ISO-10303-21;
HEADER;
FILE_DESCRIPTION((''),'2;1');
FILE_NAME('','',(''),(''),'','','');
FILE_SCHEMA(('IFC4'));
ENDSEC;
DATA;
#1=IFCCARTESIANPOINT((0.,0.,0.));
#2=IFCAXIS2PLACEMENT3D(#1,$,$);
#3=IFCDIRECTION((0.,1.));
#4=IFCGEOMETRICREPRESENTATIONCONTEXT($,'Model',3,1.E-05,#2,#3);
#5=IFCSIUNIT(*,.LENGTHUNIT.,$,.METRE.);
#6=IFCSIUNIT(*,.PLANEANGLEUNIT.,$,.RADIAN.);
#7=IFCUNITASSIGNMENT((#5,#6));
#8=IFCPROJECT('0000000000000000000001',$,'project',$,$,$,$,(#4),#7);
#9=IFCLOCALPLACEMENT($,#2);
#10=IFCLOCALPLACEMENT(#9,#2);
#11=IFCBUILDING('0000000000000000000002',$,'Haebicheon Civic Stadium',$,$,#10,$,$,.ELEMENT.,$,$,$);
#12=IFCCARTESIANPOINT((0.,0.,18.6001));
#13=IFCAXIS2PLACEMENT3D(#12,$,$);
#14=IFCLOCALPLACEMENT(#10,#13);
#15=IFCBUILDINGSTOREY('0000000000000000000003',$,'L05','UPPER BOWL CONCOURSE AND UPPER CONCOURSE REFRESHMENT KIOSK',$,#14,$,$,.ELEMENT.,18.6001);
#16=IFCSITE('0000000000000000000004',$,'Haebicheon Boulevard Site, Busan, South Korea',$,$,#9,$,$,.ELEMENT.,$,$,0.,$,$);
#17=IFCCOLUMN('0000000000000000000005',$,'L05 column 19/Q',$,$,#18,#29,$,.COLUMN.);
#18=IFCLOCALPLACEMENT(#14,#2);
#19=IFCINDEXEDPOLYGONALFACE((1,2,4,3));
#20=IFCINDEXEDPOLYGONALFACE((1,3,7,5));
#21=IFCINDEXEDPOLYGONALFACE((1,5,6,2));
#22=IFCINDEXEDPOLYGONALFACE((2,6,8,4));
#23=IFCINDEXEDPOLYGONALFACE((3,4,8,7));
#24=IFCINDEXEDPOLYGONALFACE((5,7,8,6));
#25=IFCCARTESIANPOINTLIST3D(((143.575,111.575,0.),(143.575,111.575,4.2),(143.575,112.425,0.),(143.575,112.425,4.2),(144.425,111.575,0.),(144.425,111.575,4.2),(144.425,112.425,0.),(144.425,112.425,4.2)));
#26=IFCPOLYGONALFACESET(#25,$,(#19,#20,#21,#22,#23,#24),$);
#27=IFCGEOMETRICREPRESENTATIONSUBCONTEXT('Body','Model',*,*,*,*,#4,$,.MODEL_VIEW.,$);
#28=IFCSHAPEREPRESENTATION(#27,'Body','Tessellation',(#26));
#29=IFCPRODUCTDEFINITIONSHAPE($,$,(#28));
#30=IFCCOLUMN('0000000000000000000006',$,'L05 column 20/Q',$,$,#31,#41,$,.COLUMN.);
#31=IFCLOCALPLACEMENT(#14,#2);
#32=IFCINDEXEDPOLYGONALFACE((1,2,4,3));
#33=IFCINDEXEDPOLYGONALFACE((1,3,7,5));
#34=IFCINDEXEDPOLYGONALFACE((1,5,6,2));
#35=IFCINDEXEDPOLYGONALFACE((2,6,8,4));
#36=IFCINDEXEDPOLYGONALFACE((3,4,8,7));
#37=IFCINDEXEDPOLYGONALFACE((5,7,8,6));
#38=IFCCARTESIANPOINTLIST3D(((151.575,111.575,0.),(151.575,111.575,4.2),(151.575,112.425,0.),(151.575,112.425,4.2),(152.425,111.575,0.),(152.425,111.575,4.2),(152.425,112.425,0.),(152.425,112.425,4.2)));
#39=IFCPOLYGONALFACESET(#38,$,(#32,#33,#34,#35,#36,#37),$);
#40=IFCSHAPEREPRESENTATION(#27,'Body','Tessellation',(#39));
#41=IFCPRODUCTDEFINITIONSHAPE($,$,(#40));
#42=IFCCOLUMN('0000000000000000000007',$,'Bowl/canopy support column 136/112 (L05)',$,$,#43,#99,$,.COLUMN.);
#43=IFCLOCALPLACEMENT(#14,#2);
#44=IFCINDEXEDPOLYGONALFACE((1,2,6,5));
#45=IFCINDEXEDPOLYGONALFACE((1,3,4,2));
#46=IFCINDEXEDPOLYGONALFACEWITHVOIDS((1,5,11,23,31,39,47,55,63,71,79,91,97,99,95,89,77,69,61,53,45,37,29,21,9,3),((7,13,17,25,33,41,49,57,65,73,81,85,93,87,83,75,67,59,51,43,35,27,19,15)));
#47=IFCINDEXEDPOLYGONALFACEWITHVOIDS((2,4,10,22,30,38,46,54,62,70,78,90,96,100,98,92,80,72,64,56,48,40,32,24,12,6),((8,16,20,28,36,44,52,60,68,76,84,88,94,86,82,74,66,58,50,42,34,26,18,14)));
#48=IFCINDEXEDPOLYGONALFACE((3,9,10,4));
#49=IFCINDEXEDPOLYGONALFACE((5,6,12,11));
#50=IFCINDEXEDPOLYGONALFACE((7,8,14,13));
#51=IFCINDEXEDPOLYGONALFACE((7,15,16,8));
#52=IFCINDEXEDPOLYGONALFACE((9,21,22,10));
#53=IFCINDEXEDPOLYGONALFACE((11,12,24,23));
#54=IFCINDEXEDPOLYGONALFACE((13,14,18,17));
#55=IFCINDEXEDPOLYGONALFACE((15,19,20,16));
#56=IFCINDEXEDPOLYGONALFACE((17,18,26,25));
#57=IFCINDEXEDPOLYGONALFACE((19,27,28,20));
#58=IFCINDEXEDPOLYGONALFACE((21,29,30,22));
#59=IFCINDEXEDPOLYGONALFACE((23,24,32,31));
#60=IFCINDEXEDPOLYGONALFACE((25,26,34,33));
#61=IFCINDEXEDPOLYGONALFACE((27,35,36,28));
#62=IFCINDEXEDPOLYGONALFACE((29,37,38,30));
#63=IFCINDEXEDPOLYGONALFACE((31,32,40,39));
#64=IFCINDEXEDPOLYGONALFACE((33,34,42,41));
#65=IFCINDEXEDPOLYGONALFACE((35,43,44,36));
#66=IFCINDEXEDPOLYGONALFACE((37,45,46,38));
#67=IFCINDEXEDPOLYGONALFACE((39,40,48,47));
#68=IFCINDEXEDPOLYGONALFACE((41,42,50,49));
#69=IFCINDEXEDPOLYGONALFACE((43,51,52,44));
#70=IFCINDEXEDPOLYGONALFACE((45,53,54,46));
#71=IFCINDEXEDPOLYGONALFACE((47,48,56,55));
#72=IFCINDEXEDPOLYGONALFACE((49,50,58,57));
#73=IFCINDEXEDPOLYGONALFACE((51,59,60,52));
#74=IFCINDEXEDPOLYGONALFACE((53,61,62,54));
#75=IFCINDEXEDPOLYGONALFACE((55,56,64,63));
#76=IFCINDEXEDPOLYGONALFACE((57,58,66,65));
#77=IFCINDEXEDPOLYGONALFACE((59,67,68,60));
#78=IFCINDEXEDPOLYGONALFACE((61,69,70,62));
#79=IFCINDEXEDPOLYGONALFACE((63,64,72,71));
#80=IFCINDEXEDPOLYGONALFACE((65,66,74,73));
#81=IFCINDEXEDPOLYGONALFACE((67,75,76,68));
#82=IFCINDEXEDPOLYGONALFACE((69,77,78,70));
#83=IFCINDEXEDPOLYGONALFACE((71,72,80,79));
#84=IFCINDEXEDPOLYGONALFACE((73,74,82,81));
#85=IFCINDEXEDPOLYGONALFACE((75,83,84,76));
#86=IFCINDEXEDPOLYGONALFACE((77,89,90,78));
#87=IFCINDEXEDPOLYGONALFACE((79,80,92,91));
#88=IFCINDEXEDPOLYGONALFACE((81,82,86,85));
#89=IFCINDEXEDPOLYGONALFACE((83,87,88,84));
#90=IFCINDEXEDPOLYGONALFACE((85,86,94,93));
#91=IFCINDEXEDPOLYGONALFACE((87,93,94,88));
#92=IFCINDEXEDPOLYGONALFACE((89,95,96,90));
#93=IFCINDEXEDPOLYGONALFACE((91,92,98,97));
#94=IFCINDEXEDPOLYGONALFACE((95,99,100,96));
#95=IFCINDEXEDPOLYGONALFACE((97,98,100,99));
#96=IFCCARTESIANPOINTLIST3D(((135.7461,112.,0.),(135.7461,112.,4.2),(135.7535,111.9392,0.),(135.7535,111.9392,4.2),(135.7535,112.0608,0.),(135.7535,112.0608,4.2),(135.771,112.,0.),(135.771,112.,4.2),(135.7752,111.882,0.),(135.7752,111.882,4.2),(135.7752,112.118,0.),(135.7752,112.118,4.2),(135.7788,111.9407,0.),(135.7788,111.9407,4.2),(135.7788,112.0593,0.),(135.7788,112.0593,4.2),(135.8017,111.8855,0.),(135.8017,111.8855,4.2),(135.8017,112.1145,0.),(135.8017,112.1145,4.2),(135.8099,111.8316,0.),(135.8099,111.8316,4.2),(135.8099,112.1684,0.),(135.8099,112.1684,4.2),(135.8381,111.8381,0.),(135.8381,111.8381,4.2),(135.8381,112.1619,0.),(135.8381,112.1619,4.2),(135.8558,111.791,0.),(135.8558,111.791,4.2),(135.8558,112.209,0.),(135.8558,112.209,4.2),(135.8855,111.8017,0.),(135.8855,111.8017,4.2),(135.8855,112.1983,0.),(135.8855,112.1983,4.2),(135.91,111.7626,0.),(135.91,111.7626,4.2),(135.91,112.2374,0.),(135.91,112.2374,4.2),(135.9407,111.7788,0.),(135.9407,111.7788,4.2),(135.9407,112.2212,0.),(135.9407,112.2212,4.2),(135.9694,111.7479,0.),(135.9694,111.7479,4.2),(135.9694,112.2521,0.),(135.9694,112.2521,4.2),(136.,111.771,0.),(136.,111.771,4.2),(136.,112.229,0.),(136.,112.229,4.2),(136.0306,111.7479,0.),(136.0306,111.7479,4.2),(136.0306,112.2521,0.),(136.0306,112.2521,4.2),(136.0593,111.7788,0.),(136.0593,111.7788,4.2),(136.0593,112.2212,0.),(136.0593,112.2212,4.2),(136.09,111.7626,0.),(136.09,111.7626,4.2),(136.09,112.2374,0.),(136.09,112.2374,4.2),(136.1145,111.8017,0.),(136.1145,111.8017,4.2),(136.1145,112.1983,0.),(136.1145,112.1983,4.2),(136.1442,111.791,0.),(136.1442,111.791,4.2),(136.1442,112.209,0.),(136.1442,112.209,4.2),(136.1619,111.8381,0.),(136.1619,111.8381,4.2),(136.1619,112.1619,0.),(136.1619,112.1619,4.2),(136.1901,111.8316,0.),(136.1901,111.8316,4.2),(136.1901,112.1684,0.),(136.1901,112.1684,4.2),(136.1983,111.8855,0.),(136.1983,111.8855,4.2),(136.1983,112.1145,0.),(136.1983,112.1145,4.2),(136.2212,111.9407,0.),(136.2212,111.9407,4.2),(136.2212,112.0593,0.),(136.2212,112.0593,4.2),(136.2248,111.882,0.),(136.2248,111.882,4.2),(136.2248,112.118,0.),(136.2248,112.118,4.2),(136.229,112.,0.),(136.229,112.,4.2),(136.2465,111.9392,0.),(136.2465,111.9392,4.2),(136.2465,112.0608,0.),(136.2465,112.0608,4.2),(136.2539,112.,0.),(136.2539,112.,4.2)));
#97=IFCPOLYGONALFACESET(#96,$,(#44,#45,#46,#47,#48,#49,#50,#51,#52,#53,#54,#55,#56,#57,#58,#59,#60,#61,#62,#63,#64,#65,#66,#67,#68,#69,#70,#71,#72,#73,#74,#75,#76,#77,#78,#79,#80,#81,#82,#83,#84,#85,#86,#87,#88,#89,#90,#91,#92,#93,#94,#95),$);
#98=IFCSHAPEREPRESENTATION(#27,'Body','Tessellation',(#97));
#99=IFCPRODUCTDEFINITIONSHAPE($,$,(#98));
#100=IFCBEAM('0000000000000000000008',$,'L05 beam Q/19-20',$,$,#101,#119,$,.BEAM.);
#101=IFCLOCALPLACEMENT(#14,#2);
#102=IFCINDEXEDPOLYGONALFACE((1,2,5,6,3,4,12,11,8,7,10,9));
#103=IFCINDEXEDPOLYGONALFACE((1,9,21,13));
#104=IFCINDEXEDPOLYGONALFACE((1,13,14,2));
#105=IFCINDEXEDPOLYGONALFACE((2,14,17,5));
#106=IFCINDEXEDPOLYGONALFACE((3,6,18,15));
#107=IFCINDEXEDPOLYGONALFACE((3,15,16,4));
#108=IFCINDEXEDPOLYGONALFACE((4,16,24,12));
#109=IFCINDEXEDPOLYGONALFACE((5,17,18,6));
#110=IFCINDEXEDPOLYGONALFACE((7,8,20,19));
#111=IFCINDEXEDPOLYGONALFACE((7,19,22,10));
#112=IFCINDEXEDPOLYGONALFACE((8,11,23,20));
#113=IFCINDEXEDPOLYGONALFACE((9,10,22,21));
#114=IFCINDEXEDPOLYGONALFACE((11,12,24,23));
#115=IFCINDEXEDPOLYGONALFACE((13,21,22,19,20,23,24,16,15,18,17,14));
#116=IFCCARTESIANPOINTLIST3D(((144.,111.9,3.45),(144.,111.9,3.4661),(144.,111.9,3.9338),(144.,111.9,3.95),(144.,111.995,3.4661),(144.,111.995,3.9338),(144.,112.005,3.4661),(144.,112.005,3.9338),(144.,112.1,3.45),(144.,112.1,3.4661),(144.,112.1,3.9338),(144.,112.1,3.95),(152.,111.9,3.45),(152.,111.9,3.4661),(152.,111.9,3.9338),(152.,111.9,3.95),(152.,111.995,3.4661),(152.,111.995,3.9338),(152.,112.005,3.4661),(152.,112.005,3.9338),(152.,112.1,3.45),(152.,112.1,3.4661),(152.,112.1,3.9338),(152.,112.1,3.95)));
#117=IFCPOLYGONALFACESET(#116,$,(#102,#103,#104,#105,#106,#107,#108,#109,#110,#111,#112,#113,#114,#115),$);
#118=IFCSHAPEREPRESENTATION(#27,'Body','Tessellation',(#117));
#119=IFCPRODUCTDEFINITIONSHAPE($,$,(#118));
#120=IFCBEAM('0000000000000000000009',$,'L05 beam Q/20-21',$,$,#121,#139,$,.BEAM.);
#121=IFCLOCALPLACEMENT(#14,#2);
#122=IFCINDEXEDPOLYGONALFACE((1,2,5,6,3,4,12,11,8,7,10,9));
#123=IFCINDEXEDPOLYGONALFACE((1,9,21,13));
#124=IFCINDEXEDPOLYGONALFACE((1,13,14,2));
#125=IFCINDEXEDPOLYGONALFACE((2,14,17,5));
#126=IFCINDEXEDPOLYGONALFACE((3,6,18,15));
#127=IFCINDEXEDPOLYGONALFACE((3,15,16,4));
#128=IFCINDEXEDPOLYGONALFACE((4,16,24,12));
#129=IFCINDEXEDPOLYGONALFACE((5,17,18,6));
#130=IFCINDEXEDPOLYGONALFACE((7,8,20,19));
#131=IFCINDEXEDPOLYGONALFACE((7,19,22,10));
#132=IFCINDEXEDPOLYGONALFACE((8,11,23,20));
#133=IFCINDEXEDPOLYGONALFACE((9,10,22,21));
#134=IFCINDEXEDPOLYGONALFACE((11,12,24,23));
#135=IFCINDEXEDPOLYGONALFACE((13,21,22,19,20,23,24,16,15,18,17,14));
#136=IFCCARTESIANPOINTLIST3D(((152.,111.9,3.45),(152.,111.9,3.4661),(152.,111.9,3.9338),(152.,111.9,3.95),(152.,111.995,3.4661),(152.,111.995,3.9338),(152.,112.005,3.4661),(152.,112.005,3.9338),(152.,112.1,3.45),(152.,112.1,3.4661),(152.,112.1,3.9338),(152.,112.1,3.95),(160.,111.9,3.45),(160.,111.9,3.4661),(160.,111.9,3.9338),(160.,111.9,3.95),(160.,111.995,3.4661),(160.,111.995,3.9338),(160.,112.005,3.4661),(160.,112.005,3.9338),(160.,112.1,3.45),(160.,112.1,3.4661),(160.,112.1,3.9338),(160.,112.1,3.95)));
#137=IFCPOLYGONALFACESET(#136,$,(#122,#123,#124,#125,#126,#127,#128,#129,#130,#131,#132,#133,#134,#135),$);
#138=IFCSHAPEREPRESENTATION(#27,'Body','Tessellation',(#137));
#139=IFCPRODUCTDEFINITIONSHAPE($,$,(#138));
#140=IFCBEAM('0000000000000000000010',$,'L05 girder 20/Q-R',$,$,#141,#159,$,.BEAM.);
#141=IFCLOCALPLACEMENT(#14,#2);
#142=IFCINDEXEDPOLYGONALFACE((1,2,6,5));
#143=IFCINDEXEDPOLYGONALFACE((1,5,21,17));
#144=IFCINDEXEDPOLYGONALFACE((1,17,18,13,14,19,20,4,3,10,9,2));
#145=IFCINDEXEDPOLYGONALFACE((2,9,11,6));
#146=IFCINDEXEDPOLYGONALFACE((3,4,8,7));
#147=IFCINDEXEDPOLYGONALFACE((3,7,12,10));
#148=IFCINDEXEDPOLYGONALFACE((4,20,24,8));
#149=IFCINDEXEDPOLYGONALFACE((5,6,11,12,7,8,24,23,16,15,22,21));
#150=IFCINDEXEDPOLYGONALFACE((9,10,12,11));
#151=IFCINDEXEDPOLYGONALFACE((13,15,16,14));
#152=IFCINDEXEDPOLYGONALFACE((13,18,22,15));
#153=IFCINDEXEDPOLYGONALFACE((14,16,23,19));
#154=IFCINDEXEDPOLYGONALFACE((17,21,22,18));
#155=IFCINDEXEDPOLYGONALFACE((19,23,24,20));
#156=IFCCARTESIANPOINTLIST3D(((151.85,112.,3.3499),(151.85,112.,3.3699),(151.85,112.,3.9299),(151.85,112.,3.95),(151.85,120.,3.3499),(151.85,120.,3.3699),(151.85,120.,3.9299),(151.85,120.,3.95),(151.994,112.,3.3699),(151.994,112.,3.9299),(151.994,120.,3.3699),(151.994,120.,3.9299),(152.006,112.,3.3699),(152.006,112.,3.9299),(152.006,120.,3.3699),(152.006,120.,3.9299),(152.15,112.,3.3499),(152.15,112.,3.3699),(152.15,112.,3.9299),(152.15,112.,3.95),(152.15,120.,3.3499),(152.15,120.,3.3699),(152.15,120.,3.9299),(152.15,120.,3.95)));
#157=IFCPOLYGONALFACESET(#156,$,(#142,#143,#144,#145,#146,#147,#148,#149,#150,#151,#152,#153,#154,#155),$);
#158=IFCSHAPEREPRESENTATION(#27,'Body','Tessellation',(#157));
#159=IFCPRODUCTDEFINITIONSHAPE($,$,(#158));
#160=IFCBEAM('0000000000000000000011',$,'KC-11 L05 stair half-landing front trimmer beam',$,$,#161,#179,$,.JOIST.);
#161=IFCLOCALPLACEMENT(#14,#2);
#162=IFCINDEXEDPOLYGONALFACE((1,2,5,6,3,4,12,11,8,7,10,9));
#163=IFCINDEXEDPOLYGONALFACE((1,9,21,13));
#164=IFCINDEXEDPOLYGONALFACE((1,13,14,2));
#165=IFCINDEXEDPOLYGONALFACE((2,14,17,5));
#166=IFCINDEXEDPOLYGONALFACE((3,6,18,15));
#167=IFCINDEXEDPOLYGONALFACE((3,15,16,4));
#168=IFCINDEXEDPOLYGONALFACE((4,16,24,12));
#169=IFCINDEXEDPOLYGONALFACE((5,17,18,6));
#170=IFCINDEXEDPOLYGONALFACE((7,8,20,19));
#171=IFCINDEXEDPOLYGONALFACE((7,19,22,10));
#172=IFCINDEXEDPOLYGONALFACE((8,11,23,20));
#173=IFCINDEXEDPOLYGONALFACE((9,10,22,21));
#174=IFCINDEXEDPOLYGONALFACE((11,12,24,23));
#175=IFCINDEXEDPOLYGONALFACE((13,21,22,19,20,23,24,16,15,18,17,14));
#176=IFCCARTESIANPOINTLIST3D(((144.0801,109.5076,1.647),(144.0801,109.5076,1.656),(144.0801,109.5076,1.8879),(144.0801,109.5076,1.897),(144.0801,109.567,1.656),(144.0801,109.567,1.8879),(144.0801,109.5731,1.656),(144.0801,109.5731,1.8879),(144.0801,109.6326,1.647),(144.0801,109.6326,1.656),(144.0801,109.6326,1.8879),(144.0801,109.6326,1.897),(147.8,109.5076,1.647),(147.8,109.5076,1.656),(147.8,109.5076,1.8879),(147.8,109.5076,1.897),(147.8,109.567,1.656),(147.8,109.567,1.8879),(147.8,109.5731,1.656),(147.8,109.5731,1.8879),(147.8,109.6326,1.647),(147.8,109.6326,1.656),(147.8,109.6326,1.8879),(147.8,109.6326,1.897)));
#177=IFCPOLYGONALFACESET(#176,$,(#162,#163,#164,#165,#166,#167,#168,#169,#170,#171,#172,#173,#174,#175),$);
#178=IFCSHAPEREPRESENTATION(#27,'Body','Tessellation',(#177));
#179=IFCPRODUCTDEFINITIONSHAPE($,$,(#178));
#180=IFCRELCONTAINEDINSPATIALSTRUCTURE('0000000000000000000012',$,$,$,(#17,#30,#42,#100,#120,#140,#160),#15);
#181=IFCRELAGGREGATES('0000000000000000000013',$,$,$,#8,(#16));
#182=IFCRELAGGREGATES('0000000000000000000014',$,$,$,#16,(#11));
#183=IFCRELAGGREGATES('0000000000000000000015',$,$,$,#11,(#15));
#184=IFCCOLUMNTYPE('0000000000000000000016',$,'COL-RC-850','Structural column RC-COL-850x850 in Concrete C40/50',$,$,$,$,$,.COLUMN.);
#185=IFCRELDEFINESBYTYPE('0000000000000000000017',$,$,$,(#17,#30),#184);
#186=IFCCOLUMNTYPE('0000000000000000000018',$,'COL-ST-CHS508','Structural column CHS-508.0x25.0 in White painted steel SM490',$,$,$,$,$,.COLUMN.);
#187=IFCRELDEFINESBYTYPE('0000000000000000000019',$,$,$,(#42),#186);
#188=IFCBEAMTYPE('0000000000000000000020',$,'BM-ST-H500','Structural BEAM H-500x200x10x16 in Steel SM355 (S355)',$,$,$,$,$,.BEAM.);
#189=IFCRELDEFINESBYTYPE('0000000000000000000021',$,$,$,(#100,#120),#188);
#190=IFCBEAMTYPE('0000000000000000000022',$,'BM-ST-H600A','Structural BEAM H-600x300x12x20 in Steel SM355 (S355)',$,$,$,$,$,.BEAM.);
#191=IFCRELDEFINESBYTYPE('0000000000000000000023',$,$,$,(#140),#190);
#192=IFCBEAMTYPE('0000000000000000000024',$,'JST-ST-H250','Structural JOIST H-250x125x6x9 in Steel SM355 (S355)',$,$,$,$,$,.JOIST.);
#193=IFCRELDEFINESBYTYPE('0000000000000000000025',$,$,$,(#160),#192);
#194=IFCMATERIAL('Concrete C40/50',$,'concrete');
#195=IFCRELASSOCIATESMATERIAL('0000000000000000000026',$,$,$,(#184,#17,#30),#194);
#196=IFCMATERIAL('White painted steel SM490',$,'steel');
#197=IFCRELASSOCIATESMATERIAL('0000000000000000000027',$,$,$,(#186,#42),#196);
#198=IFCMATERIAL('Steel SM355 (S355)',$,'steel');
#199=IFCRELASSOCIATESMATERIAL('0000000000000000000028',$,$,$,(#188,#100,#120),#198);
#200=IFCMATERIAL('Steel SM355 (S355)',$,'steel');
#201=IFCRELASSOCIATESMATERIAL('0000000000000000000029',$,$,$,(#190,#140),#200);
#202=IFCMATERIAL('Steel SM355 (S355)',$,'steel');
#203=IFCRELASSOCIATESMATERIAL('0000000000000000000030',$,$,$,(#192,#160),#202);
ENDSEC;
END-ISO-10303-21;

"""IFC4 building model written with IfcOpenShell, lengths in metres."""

from ifc_helpers import new_model, si_unit, direction, frame, origin, origin_2d, place, context, subcontext, project, spatial, rectangle, hollow_circle, i_section, extrude, material, material_profile, profile_set, type_object, element, save


model = new_model("IFC4")

# Units and contexts
model_context = context("Model", 3, precision=1e-05, world=origin(), true_north=direction((0.0, 1.0)))
body_context = subcontext(model_context, "Body", "Model", "MODEL_VIEW")
ifc_project = project(units=[si_unit("LENGTHUNIT", "METRE"), si_unit("PLANEANGLEUNIT", "RADIAN")], contexts=[model_context])

# Site, building, storey
site_placement = place(None, origin())
site = spatial("IfcSite", under=ifc_project, at=site_placement, Name="Haebicheon Boulevard Site, Busan, South Korea", CompositionType="ELEMENT", RefElevation=0.0)
building_placement = place(site_placement, origin())
building = spatial("IfcBuilding", under=site, at=building_placement, Name="Haebicheon Civic Stadium", CompositionType="ELEMENT")
storey_placement = place(building_placement, frame((0.0, 0.0, 18.6001)))
storey = spatial("IfcBuildingStorey", under=building, at=storey_placement, Name="L05", Description="UPPER BOWL CONCOURSE AND UPPER CONCOURSE REFRESHMENT KIOSK", CompositionType="ELEMENT", Elevation=18.6001)

# Columns
ifc_material_1 = material(Name="Concrete C40/50", Category="concrete")
ifc_material_profile_1 = material_profile(ifc_material_1, rectangle(XDim=0.8501, YDim=0.8501, at=origin_2d()), Name="RC-COL-850x850")
ifc_profile_set_1 = profile_set([ifc_material_profile_1], Name="Concrete C40/50")
column_type_1 = type_object("IfcColumnType", Name="COL-RC-850", Description="Structural column RC-COL-850x850 in Concrete C40/50", PredefinedType="COLUMN", material=ifc_profile_set_1)
for number, where, z_axis, x_axis, name in (
    (1, (144.0, 112.0, 0.0), (0.0, 0.0, 1.0), (1.0, 0.0, 0.0), "L05 column 19/Q"),
    (2, (152.0, 112.0, 0.0), (0.0, 0.0, 1.0), (1.0, 0.0, 0.0), "L05 column 20/Q"),
):
    element("IfcColumn", number, at=place(storey_placement, frame(where, z_axis=z_axis, x_axis=x_axis)), inside=storey, type_object=column_type_1, material=ifc_profile_set_1, Name=name, PredefinedType="COLUMN", context=body_context, shape_type="SweptSolid", body=[
        extrude(rectangle(XDim=0.8501, YDim=0.8501, at=origin_2d()), origin(), (0.0, 0.0, 1.0), 4.2),
    ])
ifc_material_2 = material(Name="White painted steel SM490", Category="steel")
ifc_material_profile_2 = material_profile(ifc_material_2, hollow_circle(Radius=0.2539, WallThickness=0.0249, at=origin_2d()), Name="CHS-508.0x25.0")
ifc_profile_set_2 = profile_set([ifc_material_profile_2], Name="White painted steel SM490")
column_type_2 = type_object("IfcColumnType", Name="COL-ST-CHS508", Description="Structural column CHS-508.0x25.0 in White painted steel SM490", PredefinedType="COLUMN", material=ifc_profile_set_2)
column_placement = place(storey_placement, frame((136.0, 112.0, 0.0), z_axis=(0.0, 0.0, 1.0), x_axis=(1.0, 0.0, 0.0)))
element("IfcColumn", 3, at=column_placement, inside=storey, type_object=column_type_2, material=ifc_profile_set_2, Name="Bowl/canopy support column 136/112 (L05)", PredefinedType="COLUMN", context=body_context, shape_type="SweptSolid", body=[
    extrude(hollow_circle(Radius=0.2539, WallThickness=0.0249, at=origin_2d()), origin(), (0.0, 0.0, 1.0), 4.2),
])

# Beams
ifc_material_3 = material(Name="Steel SM355 (S355)", Category="steel")
ifc_material_profile_3 = material_profile(ifc_material_3, i_section(OverallWidth=0.2, OverallDepth=0.5, WebThickness=0.01, FlangeThickness=0.0161, at=origin_2d()), Name="H-500x200x10x16")
ifc_profile_set_3 = profile_set([ifc_material_profile_3], Name="Steel SM355 (S355)")
beam_type_1 = type_object("IfcBeamType", Name="BM-ST-H500", Description="Structural BEAM H-500x200x10x16 in Steel SM355 (S355)", PredefinedType="BEAM", material=ifc_profile_set_3)
for number, where, z_axis, x_axis, name in (
    (4, (144.0, 112.0, 3.7), (1.0, 0.0, 0.0), (0.0, 1.0, 0.0), "L05 beam Q/19-20"),
    (5, (152.0, 112.0, 3.7), (1.0, 0.0, 0.0), (0.0, 1.0, 0.0), "L05 beam Q/20-21"),
):
    element("IfcBeam", number, at=place(storey_placement, frame(where, z_axis=z_axis, x_axis=x_axis)), inside=storey, type_object=beam_type_1, material=ifc_profile_set_3, Name=name, PredefinedType="BEAM", context=body_context, shape_type="SweptSolid", body=[
        extrude(i_section(OverallWidth=0.2, OverallDepth=0.5, WebThickness=0.01, FlangeThickness=0.0161, at=origin_2d()), origin(), (0.0, 0.0, 1.0), 8.0),
    ])
ifc_material_4 = material(Name="Steel SM355 (S355)", Category="steel")
ifc_material_profile_4 = material_profile(ifc_material_4, i_section(OverallWidth=0.3, OverallDepth=0.6001, WebThickness=0.012, FlangeThickness=0.02, at=origin_2d()), Name="H-600x300x12x20")
ifc_profile_set_4 = profile_set([ifc_material_profile_4], Name="Steel SM355 (S355)")
beam_type_2 = type_object("IfcBeamType", Name="BM-ST-H600A", Description="Structural BEAM H-600x300x12x20 in Steel SM355 (S355)", PredefinedType="BEAM", material=ifc_profile_set_4)
beam_1_placement = place(storey_placement, frame((152.0, 112.0, 3.6499), z_axis=(0.0, 1.0, 0.0), x_axis=(-1.0, 0.0, 0.0)))
element("IfcBeam", 6, at=beam_1_placement, inside=storey, type_object=beam_type_2, material=ifc_profile_set_4, Name="L05 girder 20/Q-R", PredefinedType="BEAM", context=body_context, shape_type="SweptSolid", body=[
    extrude(i_section(OverallWidth=0.3, OverallDepth=0.6001, WebThickness=0.012, FlangeThickness=0.02, at=origin_2d()), origin(), (0.0, 0.0, 1.0), 8.0),
])
ifc_material_5 = material(Name="Steel SM355 (S355)", Category="steel")
ifc_material_profile_5 = material_profile(ifc_material_5, i_section(OverallWidth=0.125, OverallDepth=0.25, WebThickness=0.0061, FlangeThickness=0.009, at=origin_2d()), Name="H-250x125x6x9")
ifc_profile_set_5 = profile_set([ifc_material_profile_5], Name="Steel SM355 (S355)")
beam_type_3 = type_object("IfcBeamType", Name="JST-ST-H250", Description="Structural JOIST H-250x125x6x9 in Steel SM355 (S355)", PredefinedType="JOIST", material=ifc_profile_set_5)
for number, where, z_axis, x_axis, name in (
    (7, (144.0801, 109.5701, 1.772), (1.0, 0.0, 0.0), (0.0, 1.0, 0.0), "KC-11 L05 stair half-landing front trimmer beam"),
):
    element("IfcBeam", number, at=place(storey_placement, frame(where, z_axis=z_axis, x_axis=x_axis)), inside=storey, type_object=beam_type_3, material=ifc_profile_set_5, Name=name, PredefinedType="JOIST", context=body_context, shape_type="SweptSolid", body=[
        extrude(i_section(OverallWidth=0.125, OverallDepth=0.25, WebThickness=0.0061, FlangeThickness=0.009, at=origin_2d()), origin(), (0.0, 0.0, 1.0), 3.72),
    ])

save(model, "model.ifc")
